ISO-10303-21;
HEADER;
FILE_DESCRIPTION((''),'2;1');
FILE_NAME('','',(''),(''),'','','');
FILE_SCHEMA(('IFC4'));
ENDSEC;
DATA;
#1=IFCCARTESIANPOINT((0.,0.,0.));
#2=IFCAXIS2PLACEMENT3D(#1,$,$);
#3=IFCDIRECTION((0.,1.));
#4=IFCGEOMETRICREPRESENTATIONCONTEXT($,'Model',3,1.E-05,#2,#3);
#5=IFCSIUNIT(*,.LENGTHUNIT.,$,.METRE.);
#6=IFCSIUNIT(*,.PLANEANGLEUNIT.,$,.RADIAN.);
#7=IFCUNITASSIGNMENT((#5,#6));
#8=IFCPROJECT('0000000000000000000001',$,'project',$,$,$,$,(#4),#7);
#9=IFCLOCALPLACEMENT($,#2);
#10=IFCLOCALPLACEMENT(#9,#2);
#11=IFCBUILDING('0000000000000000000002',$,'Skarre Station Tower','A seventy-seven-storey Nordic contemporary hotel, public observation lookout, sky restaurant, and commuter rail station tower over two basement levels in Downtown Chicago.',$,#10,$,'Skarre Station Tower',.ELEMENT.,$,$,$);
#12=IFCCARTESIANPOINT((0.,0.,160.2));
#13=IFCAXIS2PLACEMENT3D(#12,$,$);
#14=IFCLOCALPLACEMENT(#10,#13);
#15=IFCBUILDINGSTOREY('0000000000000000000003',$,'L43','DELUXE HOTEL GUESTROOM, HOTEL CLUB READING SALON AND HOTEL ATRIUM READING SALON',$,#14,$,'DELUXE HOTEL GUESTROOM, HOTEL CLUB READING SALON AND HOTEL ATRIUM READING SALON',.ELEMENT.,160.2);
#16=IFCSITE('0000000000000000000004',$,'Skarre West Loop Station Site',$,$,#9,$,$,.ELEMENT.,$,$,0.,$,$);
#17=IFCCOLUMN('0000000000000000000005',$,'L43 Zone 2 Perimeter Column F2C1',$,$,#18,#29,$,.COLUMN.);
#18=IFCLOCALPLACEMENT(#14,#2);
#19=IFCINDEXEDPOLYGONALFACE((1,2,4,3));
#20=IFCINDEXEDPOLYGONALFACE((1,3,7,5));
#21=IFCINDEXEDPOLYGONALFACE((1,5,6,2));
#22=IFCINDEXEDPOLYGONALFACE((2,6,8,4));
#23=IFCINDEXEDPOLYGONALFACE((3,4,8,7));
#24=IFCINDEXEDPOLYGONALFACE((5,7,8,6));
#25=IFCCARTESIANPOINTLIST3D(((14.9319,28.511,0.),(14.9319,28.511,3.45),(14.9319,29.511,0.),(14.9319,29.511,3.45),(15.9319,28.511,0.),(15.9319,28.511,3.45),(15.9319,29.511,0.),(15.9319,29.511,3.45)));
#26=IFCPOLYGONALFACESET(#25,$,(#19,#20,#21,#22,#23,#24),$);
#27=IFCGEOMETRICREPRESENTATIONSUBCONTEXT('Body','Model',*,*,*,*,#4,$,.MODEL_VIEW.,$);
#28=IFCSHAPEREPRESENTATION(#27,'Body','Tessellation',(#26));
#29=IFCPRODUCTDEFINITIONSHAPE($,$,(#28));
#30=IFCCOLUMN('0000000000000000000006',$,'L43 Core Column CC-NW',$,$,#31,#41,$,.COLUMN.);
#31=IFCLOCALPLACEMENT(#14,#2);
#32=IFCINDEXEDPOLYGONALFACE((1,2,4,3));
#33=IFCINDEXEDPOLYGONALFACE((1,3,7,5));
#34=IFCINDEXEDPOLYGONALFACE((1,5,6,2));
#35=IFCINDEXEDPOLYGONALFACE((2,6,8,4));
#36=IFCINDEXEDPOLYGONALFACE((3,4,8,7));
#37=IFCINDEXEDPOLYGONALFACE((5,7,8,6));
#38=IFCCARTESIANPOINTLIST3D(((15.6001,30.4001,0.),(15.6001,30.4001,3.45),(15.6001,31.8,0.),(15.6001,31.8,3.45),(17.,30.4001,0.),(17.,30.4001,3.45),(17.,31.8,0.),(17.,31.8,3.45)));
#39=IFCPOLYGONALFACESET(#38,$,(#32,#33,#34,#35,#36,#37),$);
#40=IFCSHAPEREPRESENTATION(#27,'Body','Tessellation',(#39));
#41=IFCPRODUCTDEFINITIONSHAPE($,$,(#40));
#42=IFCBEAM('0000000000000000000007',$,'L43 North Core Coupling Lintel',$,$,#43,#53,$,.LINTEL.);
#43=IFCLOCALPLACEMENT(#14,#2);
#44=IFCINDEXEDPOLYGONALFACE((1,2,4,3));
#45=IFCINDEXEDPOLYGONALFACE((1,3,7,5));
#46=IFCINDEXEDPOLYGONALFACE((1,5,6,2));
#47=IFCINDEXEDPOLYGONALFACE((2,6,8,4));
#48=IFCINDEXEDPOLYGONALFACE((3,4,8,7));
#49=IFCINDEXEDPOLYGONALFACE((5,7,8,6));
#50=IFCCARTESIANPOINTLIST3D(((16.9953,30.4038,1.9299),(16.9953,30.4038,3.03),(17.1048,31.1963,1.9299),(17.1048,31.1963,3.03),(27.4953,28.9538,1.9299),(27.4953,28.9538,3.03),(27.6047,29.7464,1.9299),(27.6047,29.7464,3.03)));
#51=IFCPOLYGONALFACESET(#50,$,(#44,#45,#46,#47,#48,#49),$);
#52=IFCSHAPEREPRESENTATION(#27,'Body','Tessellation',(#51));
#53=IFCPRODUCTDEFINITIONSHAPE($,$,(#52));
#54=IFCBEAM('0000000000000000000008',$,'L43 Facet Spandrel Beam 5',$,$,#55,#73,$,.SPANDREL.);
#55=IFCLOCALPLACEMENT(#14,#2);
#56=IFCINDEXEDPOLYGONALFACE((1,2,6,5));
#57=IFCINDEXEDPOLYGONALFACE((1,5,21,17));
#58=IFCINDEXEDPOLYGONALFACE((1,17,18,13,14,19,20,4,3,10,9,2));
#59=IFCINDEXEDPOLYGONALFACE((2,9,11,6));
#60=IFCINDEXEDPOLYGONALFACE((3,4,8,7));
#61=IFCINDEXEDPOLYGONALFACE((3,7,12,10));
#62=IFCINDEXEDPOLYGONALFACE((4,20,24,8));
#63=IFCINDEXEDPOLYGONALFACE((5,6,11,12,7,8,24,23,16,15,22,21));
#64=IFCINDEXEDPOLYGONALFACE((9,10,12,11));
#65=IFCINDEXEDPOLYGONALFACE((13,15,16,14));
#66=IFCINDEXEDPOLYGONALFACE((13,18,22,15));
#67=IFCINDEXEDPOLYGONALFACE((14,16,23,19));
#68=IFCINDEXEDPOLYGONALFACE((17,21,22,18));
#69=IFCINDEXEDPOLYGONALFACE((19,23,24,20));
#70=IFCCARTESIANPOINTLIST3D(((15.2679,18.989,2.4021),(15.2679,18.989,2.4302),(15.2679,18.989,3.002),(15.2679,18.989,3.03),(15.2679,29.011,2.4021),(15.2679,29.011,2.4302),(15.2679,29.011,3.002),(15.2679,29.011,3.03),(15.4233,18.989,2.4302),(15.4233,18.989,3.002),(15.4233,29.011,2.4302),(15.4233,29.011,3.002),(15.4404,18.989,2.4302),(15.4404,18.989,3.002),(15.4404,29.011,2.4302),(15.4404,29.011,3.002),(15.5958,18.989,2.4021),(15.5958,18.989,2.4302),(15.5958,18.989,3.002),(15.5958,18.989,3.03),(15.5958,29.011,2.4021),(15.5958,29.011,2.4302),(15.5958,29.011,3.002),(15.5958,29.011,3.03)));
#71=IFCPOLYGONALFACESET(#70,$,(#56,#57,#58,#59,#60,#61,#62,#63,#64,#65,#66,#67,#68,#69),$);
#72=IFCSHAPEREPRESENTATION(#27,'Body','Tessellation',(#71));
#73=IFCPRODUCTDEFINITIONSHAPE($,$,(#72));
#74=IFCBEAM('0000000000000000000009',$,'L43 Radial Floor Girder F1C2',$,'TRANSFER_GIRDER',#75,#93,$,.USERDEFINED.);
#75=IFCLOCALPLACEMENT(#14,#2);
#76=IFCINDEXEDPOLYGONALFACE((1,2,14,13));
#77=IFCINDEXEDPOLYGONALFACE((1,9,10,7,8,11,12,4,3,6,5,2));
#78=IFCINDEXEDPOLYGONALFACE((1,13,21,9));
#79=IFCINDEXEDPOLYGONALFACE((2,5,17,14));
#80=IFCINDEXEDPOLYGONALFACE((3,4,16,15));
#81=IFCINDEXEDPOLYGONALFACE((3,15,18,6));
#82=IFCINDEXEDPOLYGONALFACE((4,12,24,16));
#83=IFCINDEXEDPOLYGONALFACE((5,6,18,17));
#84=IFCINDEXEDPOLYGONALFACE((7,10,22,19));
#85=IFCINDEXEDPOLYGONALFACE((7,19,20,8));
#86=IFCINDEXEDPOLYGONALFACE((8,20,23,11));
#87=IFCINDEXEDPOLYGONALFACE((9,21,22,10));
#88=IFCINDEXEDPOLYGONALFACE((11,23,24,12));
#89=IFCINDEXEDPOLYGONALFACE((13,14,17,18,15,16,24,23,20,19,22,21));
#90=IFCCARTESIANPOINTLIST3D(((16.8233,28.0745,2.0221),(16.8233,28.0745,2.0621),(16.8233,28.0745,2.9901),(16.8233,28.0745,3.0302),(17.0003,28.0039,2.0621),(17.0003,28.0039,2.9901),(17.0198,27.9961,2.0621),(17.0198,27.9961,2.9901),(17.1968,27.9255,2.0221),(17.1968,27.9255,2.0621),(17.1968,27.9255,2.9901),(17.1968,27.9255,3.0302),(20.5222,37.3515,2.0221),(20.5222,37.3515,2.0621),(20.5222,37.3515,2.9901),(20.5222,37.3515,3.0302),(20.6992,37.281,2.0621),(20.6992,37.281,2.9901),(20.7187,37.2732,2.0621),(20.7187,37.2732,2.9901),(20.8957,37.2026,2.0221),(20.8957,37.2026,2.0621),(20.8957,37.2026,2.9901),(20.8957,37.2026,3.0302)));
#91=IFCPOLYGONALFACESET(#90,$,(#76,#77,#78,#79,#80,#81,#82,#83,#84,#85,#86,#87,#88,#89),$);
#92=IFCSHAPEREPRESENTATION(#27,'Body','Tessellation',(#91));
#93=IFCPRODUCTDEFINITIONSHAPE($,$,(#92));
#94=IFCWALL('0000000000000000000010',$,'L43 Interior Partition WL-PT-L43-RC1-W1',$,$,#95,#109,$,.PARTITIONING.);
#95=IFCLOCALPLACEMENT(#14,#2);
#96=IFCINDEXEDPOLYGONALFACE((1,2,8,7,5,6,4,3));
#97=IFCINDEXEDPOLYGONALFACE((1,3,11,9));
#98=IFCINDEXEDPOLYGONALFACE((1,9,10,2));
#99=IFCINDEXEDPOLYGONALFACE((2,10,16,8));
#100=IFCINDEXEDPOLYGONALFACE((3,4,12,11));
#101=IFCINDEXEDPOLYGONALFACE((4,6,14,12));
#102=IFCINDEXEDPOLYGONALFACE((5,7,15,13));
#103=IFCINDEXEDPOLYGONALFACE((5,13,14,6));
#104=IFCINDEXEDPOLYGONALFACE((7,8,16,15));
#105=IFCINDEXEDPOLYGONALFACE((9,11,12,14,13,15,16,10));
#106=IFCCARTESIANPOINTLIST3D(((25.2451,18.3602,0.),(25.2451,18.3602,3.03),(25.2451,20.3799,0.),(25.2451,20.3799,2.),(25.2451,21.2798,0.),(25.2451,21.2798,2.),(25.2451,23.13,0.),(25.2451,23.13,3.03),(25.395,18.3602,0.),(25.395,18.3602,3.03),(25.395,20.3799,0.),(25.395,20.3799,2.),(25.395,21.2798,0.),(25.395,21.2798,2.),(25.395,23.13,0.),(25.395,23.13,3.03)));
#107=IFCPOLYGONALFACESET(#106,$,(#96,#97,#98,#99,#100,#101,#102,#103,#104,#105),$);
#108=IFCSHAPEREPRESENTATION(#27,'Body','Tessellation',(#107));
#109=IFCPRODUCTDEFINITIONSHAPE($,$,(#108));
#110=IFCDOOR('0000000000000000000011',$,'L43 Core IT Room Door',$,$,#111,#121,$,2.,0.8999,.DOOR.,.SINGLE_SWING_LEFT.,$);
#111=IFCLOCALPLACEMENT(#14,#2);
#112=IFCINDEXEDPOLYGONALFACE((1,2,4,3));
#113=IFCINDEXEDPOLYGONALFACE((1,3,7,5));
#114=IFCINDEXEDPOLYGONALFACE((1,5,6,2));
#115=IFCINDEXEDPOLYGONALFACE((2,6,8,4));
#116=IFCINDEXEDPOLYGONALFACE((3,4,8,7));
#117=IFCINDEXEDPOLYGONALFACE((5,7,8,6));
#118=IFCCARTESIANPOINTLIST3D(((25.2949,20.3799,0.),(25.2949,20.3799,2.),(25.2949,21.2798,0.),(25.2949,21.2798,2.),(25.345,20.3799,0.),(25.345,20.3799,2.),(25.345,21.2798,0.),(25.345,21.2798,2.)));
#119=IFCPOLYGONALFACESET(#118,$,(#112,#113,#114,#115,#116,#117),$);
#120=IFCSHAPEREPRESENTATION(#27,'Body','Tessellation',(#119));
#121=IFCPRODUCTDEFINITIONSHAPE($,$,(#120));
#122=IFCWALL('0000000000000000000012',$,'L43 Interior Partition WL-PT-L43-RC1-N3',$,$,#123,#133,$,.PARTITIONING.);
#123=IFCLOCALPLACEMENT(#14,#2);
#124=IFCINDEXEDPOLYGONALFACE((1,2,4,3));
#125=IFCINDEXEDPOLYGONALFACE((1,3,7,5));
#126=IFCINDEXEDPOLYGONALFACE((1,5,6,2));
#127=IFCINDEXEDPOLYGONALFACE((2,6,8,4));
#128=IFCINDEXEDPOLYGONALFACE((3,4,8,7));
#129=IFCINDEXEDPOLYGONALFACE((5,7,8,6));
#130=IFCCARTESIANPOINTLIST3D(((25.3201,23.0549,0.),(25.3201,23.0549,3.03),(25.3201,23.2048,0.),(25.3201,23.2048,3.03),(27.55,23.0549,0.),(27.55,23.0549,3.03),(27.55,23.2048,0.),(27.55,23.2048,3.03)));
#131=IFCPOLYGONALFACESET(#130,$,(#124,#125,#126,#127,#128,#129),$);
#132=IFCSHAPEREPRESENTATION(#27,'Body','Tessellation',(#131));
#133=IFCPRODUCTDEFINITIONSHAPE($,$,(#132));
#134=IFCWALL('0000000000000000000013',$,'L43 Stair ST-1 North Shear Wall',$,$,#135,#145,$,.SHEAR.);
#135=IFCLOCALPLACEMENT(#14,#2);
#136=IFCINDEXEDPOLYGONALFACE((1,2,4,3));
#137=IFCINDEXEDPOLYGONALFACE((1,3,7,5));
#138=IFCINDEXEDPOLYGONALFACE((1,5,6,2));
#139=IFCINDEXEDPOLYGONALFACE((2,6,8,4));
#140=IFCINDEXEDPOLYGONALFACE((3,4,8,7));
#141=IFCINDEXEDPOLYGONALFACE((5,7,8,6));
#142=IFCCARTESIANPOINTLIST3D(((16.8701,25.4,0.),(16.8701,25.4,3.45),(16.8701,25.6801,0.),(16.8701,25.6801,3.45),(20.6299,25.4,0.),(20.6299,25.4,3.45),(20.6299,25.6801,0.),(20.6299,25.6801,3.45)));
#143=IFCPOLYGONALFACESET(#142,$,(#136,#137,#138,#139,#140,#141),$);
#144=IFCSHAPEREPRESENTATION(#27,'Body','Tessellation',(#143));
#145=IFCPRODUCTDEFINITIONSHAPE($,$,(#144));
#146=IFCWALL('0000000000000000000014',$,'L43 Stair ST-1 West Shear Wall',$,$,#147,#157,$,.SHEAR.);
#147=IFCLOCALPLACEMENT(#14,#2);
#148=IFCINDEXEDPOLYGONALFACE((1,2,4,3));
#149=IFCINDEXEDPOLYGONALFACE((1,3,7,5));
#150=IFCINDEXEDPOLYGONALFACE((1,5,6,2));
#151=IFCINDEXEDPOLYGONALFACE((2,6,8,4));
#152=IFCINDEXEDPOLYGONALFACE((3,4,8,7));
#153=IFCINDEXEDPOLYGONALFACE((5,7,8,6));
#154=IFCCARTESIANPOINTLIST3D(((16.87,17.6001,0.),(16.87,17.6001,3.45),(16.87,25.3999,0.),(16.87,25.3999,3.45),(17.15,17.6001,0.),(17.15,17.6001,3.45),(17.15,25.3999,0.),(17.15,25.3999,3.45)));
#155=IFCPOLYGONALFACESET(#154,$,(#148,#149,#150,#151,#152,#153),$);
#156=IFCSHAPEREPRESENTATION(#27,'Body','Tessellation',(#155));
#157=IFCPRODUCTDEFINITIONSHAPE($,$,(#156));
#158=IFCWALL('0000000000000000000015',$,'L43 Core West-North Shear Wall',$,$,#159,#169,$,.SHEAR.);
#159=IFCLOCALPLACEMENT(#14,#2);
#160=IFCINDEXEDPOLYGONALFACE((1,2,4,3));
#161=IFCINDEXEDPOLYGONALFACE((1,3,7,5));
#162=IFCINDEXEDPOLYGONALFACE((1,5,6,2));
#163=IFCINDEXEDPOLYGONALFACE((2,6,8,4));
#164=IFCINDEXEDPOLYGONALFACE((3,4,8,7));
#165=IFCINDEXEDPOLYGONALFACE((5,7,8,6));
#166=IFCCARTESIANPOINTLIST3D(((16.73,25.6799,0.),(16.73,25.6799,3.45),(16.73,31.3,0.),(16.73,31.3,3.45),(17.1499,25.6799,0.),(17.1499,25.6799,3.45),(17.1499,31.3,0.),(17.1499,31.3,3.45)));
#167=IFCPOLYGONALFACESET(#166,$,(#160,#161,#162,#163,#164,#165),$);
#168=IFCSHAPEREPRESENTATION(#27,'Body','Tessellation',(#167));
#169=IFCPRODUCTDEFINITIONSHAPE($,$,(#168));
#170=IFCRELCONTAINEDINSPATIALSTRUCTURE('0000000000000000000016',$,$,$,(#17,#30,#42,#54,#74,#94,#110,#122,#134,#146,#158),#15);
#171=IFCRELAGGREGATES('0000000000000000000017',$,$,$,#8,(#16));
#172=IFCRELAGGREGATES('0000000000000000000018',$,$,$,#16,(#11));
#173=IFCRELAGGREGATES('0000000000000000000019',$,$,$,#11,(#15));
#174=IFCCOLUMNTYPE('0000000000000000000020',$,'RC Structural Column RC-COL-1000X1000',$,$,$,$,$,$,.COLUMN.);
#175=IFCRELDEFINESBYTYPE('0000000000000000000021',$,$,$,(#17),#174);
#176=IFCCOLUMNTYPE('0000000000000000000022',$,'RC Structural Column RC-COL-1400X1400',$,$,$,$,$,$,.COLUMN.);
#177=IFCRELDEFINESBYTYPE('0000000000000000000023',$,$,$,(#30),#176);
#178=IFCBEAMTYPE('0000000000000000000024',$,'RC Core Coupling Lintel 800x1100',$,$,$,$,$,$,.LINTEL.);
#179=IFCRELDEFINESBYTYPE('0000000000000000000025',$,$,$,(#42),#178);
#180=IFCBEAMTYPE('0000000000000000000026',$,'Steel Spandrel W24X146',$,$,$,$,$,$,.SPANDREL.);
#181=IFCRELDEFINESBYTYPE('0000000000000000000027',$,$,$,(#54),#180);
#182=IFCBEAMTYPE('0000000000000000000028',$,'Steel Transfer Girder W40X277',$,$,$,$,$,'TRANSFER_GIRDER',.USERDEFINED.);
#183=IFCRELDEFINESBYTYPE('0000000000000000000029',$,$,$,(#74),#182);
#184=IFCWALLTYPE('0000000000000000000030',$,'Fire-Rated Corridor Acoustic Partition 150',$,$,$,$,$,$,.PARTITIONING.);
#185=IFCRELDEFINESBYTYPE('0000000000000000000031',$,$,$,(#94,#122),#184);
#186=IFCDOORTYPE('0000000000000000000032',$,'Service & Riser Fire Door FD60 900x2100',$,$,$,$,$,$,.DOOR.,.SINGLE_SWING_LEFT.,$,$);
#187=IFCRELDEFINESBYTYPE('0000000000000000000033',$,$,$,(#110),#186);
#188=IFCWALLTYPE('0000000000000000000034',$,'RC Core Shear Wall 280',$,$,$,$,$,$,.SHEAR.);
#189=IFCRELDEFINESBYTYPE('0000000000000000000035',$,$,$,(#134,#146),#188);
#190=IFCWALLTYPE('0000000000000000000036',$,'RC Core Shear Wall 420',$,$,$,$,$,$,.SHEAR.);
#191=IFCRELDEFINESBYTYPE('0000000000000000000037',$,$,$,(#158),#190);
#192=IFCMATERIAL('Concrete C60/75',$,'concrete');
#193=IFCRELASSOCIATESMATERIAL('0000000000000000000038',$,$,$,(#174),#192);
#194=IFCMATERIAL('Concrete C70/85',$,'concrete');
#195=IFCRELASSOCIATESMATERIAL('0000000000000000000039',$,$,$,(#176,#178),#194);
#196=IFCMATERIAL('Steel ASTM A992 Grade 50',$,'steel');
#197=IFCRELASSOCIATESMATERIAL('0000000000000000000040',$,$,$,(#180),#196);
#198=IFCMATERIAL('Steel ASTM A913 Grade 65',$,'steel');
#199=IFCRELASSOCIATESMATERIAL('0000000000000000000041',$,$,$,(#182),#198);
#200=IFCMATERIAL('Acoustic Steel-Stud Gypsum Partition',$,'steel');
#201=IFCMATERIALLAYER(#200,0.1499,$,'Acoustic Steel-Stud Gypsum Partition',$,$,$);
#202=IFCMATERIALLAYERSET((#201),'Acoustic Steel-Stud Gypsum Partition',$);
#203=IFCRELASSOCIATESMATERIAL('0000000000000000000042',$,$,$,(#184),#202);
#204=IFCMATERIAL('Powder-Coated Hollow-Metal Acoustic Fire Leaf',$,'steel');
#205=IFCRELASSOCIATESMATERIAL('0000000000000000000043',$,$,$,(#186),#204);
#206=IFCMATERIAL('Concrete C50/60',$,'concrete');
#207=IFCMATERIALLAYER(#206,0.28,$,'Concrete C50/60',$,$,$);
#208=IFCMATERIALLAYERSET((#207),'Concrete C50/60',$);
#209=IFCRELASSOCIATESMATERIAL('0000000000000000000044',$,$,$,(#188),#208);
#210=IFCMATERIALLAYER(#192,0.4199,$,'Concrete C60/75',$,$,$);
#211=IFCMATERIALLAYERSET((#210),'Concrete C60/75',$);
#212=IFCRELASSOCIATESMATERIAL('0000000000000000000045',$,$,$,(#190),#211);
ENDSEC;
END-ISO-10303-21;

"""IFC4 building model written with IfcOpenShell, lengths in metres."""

from ifc_helpers import new_model, si_unit, direction, frame, frame_2d, origin, origin_2d, place, context, subcontext, project, spatial, rectangle, i_section, extrude, material, layer, layer_set, material_profile, profile_set, type_object, element, fill, save


model = new_model("IFC4")

# Units and contexts
model_context = context("Model", 3, precision=1e-05, world=origin(), true_north=direction((0.0, 1.0)))
body_context = subcontext(model_context, "Body", "Model", "MODEL_VIEW")
ifc_project = project(units=[si_unit("LENGTHUNIT", "METRE"), si_unit("PLANEANGLEUNIT", "RADIAN")], contexts=[model_context])

# Site, building, storey
site_placement = place(None, origin())
site = spatial("IfcSite", under=ifc_project, at=site_placement, Name="Skarre West Loop Station Site", CompositionType="ELEMENT", RefElevation=0.0)
building_placement = place(site_placement, origin())
building = spatial("IfcBuilding", under=site, at=building_placement, Name="Skarre Station Tower", Description="A seventy-seven-storey Nordic contemporary hotel, public observation lookout, sky restaurant, and commuter rail station tower over two basement levels in Downtown Chicago.", LongName="Skarre Station Tower", CompositionType="ELEMENT")
storey_placement = place(building_placement, frame((0.0, 0.0, 160.2)))
storey = spatial("IfcBuildingStorey", under=building, at=storey_placement, Name="L43", Description="DELUXE HOTEL GUESTROOM, HOTEL CLUB READING SALON AND HOTEL ATRIUM READING SALON", LongName="DELUXE HOTEL GUESTROOM, HOTEL CLUB READING SALON AND HOTEL ATRIUM READING SALON", CompositionType="ELEMENT", Elevation=160.2)

# Columns
ifc_material_1 = material(Name="Concrete C60/75", Category="concrete")
ifc_material_profile_1 = material_profile(ifc_material_1, rectangle(XDim=1.0, YDim=1.0, at=origin_2d()), Name="Concrete C60/75")
ifc_profile_set_1 = profile_set([ifc_material_profile_1], Name="Concrete C60/75")
column_type_1 = type_object("IfcColumnType", Name="RC Structural Column RC-COL-1000X1000", PredefinedType="COLUMN", material=ifc_profile_set_1)
column_1_placement = place(storey_placement, frame((15.4319, 29.011, 0.0), z_axis=(0.0, 0.0, 1.0), x_axis=(1.0, 0.0, 0.0)))
element("IfcColumn", 1, at=column_1_placement, inside=storey, type_object=column_type_1, Name="L43 Zone 2 Perimeter Column F2C1", PredefinedType="COLUMN", context=body_context, shape_type="SweptSolid", body=[
    extrude(rectangle(XDim=1.0, YDim=1.0, at=origin_2d()), origin(), (0.0, 0.0, 1.0), 3.45),
])
ifc_material_2 = material(Name="Concrete C70/85", Category="concrete")
ifc_material_profile_2 = material_profile(ifc_material_2, rectangle(XDim=1.3999, YDim=1.3999, at=origin_2d()), Name="Concrete C70/85")
ifc_profile_set_2 = profile_set([ifc_material_profile_2], Name="Concrete C70/85")
column_type_2 = type_object("IfcColumnType", Name="RC Structural Column RC-COL-1400X1400", PredefinedType="COLUMN", material=ifc_profile_set_2)
column_2_placement = place(storey_placement, frame((16.3, 31.1001, 0.0), z_axis=(0.0, 0.0, 1.0), x_axis=(1.0, 0.0, 0.0)))
element("IfcColumn", 2, at=column_2_placement, inside=storey, type_object=column_type_2, Name="L43 Core Column CC-NW", PredefinedType="COLUMN", context=body_context, shape_type="SweptSolid", body=[
    extrude(rectangle(XDim=1.3999, YDim=1.3999, at=origin_2d()), origin(), (0.0, 0.0, 1.0), 3.45),
])

# Beams
ifc_material_profile_3 = material_profile(ifc_material_2, rectangle(XDim=0.8, YDim=1.1001, at=origin_2d()), Name="Concrete C70/85")
ifc_profile_set_3 = profile_set([ifc_material_profile_3], Name="Concrete C70/85")
beam_type_1 = type_object("IfcBeamType", Name="RC Core Coupling Lintel 800x1100", PredefinedType="LINTEL", material=ifc_profile_set_3)
beam_1_placement = place(storey_placement, frame((17.05, 30.8, 2.48), z_axis=(0.9906, -0.136792, 0.0), x_axis=(0.136792, 0.9906, 0.0)))
element("IfcBeam", 3, at=beam_1_placement, inside=storey, type_object=beam_type_1, Name="L43 North Core Coupling Lintel", PredefinedType="LINTEL", context=body_context, shape_type="SweptSolid", body=[
    extrude(rectangle(XDim=0.8, YDim=1.1001, at=origin_2d()), origin(), (0.0, 0.0, 1.0), 10.5996),
])
ifc_material_3 = material(Name="Steel ASTM A992 Grade 50", Category="steel")
ifc_material_profile_4 = material_profile(ifc_material_3, i_section(OverallWidth=0.3279, OverallDepth=0.6279, WebThickness=0.0171, FlangeThickness=0.0281, at=origin_2d()), Name="Steel ASTM A992 Grade 50")
ifc_profile_set_4 = profile_set([ifc_material_profile_4], Name="Steel ASTM A992 Grade 50")
beam_type_2 = type_object("IfcBeamType", Name="Steel Spandrel W24X146", PredefinedType="SPANDREL", material=ifc_profile_set_4)
beam_2_placement = place(storey_placement, frame((15.4319, 29.011, 2.7161), z_axis=(0.0, -1.0, 0.0), x_axis=(1.0, 0.0, 0.0)))
element("IfcBeam", 4, at=beam_2_placement, inside=storey, type_object=beam_type_2, Name="L43 Facet Spandrel Beam 5", PredefinedType="SPANDREL", context=body_context, shape_type="SweptSolid", body=[
    extrude(i_section(OverallWidth=0.3279, OverallDepth=0.6279, WebThickness=0.0171, FlangeThickness=0.0281, at=origin_2d()), origin(), (0.0, 0.0, 1.0), 10.022),
])
ifc_material_4 = material(Name="Steel ASTM A913 Grade 65", Category="steel")
ifc_material_profile_5 = material_profile(ifc_material_4, i_section(OverallWidth=0.4021, OverallDepth=1.0081, WebThickness=0.021, FlangeThickness=0.04, at=origin_2d()), Name="Steel ASTM A913 Grade 65")
ifc_profile_set_5 = profile_set([ifc_material_profile_5], Name="Steel ASTM A913 Grade 65")
beam_type_3 = type_object("IfcBeamType", Name="Steel Transfer Girder W40X277", ElementType="TRANSFER_GIRDER", PredefinedType="USERDEFINED", material=ifc_profile_set_5)
beam_3_placement = place(storey_placement, frame((17.01, 28.0, 2.5261), z_axis=(0.370366, 0.928886, 0.0), x_axis=(-0.928886, 0.370366, 0.0)))
element("IfcBeam", 5, at=beam_3_placement, inside=storey, type_object=beam_type_3, Name="L43 Radial Floor Girder F1C2", ObjectType="TRANSFER_GIRDER", PredefinedType="USERDEFINED", context=body_context, shape_type="SweptSolid", body=[
    extrude(i_section(OverallWidth=0.4021, OverallDepth=1.0081, WebThickness=0.021, FlangeThickness=0.04, at=origin_2d()), origin(), (0.0, 0.0, 1.0), 9.9873),
])

# Wall, opening, door
ifc_material_5 = material(Name="Acoustic Steel-Stud Gypsum Partition", Category="steel")
ifc_layer_1 = layer(ifc_material_5, 0.1499, Name="Acoustic Steel-Stud Gypsum Partition")
ifc_layer_set_1 = layer_set([ifc_layer_1], Name="Acoustic Steel-Stud Gypsum Partition")
wall_type_1 = type_object("IfcWallType", Name="Fire-Rated Corridor Acoustic Partition 150", PredefinedType="PARTITIONING", material=ifc_layer_set_1)
wall_1_placement = place(storey_placement, frame((25.3201, 23.1299, 0.0), z_axis=(0.0, 0.0, 1.0), x_axis=(0.0, -1.0, 0.0)))
wall_1 = element("IfcWall", 6, at=wall_1_placement, inside=storey, type_object=wall_type_1, Name="L43 Interior Partition WL-PT-L43-RC1-W1", PredefinedType="PARTITIONING", context=body_context, shape_type="SweptSolid", body=[
    extrude(rectangle(XDim=4.7698, YDim=0.1499, at=frame_2d((2.3848, 0.0))), origin(), (0.0, 0.0, 1.0), 3.03),
])
opening_1_placement = place(wall_1_placement, frame((1.8501, 0.0, 0.0)))
opening_1 = element("IfcOpeningElement", 7, at=opening_1_placement, cuts=wall_1, PredefinedType="OPENING", context=body_context, shape_type="SweptSolid", body=[
    extrude(rectangle(XDim=0.8999, YDim=2.0, at=frame_2d((0.45, 1.0))), frame((0.0, 0.085, 0.0), z_axis=(0.0, -1.0, 0.0), x_axis=(1.0, 0.0, 0.0)), (0.0, 0.0, 1.0), 0.1699),
])
ifc_material_6 = material(Name="Powder-Coated Hollow-Metal Acoustic Fire Leaf", Category="steel")
door_type_1 = type_object("IfcDoorType", Name="Service & Riser Fire Door FD60 900x2100", OperationType="SINGLE_SWING_LEFT", PredefinedType="DOOR", material=ifc_material_6)
door_1_placement = place(opening_1_placement, origin())
door_1 = element("IfcDoor", 8, at=door_1_placement, inside=storey, type_object=door_type_1, Name="L43 Core IT Room Door", OperationType="SINGLE_SWING_LEFT", OverallHeight=2.0, OverallWidth=0.8999, PredefinedType="DOOR", context=body_context, shape_type="SweptSolid", body=[
    extrude(rectangle(XDim=0.8999, YDim=2.0, at=frame_2d((0.45, 1.0))), frame((0.0, 0.0249, 0.0), z_axis=(0.0, -1.0, 0.0), x_axis=(1.0, 0.0, 0.0)), (0.0, 0.0, 1.0), 0.05),
])
fill(opening_1, door_1)

# Walls
wall_2_placement = place(storey_placement, frame((25.3201, 23.1299, 0.0), z_axis=(0.0, 0.0, 1.0), x_axis=(1.0, 0.0, 0.0)))
element("IfcWall", 9, at=wall_2_placement, inside=storey, type_object=wall_type_1, Name="L43 Interior Partition WL-PT-L43-RC1-N3", PredefinedType="PARTITIONING", context=body_context, shape_type="SweptSolid", body=[
    extrude(rectangle(XDim=2.23, YDim=0.1499, at=frame_2d((1.115, 0.0))), origin(), (0.0, 0.0, 1.0), 3.03),
])
ifc_material_7 = material(Name="Concrete C50/60", Category="concrete")
ifc_layer_2 = layer(ifc_material_7, 0.28, Name="Concrete C50/60")
ifc_layer_set_2 = layer_set([ifc_layer_2], Name="Concrete C50/60")
wall_type_2 = type_object("IfcWallType", Name="RC Core Shear Wall 280", PredefinedType="SHEAR", material=ifc_layer_set_2)
wall_3_placement = place(storey_placement, frame((20.6299, 25.54, 0.0), z_axis=(0.0, 0.0, 1.0), x_axis=(-1.0, 0.0, 0.0)))
element("IfcWall", 10, at=wall_3_placement, inside=storey, type_object=wall_type_2, Name="L43 Stair ST-1 North Shear Wall", PredefinedType="SHEAR", context=body_context, shape_type="SweptSolid", body=[
    extrude(rectangle(XDim=3.7598, YDim=0.28, at=frame_2d((1.8799, 0.0))), origin(), (0.0, 0.0, 1.0), 3.45),
])
wall_4_placement = place(storey_placement, frame((17.01, 25.3999, 0.0), z_axis=(0.0, 0.0, 1.0), x_axis=(0.0, -1.0, 0.0)))
element("IfcWall", 11, at=wall_4_placement, inside=storey, type_object=wall_type_2, Name="L43 Stair ST-1 West Shear Wall", PredefinedType="SHEAR", context=body_context, shape_type="SweptSolid", body=[
    extrude(rectangle(XDim=7.7998, YDim=0.28, at=frame_2d((3.8999, 0.0))), origin(), (0.0, 0.0, 1.0), 3.45),
])
ifc_layer_3 = layer(ifc_material_1, 0.4199, Name="Concrete C60/75")
ifc_layer_set_3 = layer_set([ifc_layer_3], Name="Concrete C60/75")
wall_type_3 = type_object("IfcWallType", Name="RC Core Shear Wall 420", PredefinedType="SHEAR", material=ifc_layer_set_3)
wall_5_placement = place(storey_placement, frame((16.9399, 25.6799, 0.0), z_axis=(0.0, 0.0, 1.0), x_axis=(0.0, 1.0, 0.0)))
element("IfcWall", 12, at=wall_5_placement, inside=storey, type_object=wall_type_3, Name="L43 Core West-North Shear Wall", PredefinedType="SHEAR", context=body_context, shape_type="SweptSolid", body=[
    extrude(rectangle(XDim=5.6201, YDim=0.4199, at=frame_2d((2.8101, 0.0))), origin(), (0.0, 0.0, 1.0), 3.45),
])

save(model, "model.ifc")
